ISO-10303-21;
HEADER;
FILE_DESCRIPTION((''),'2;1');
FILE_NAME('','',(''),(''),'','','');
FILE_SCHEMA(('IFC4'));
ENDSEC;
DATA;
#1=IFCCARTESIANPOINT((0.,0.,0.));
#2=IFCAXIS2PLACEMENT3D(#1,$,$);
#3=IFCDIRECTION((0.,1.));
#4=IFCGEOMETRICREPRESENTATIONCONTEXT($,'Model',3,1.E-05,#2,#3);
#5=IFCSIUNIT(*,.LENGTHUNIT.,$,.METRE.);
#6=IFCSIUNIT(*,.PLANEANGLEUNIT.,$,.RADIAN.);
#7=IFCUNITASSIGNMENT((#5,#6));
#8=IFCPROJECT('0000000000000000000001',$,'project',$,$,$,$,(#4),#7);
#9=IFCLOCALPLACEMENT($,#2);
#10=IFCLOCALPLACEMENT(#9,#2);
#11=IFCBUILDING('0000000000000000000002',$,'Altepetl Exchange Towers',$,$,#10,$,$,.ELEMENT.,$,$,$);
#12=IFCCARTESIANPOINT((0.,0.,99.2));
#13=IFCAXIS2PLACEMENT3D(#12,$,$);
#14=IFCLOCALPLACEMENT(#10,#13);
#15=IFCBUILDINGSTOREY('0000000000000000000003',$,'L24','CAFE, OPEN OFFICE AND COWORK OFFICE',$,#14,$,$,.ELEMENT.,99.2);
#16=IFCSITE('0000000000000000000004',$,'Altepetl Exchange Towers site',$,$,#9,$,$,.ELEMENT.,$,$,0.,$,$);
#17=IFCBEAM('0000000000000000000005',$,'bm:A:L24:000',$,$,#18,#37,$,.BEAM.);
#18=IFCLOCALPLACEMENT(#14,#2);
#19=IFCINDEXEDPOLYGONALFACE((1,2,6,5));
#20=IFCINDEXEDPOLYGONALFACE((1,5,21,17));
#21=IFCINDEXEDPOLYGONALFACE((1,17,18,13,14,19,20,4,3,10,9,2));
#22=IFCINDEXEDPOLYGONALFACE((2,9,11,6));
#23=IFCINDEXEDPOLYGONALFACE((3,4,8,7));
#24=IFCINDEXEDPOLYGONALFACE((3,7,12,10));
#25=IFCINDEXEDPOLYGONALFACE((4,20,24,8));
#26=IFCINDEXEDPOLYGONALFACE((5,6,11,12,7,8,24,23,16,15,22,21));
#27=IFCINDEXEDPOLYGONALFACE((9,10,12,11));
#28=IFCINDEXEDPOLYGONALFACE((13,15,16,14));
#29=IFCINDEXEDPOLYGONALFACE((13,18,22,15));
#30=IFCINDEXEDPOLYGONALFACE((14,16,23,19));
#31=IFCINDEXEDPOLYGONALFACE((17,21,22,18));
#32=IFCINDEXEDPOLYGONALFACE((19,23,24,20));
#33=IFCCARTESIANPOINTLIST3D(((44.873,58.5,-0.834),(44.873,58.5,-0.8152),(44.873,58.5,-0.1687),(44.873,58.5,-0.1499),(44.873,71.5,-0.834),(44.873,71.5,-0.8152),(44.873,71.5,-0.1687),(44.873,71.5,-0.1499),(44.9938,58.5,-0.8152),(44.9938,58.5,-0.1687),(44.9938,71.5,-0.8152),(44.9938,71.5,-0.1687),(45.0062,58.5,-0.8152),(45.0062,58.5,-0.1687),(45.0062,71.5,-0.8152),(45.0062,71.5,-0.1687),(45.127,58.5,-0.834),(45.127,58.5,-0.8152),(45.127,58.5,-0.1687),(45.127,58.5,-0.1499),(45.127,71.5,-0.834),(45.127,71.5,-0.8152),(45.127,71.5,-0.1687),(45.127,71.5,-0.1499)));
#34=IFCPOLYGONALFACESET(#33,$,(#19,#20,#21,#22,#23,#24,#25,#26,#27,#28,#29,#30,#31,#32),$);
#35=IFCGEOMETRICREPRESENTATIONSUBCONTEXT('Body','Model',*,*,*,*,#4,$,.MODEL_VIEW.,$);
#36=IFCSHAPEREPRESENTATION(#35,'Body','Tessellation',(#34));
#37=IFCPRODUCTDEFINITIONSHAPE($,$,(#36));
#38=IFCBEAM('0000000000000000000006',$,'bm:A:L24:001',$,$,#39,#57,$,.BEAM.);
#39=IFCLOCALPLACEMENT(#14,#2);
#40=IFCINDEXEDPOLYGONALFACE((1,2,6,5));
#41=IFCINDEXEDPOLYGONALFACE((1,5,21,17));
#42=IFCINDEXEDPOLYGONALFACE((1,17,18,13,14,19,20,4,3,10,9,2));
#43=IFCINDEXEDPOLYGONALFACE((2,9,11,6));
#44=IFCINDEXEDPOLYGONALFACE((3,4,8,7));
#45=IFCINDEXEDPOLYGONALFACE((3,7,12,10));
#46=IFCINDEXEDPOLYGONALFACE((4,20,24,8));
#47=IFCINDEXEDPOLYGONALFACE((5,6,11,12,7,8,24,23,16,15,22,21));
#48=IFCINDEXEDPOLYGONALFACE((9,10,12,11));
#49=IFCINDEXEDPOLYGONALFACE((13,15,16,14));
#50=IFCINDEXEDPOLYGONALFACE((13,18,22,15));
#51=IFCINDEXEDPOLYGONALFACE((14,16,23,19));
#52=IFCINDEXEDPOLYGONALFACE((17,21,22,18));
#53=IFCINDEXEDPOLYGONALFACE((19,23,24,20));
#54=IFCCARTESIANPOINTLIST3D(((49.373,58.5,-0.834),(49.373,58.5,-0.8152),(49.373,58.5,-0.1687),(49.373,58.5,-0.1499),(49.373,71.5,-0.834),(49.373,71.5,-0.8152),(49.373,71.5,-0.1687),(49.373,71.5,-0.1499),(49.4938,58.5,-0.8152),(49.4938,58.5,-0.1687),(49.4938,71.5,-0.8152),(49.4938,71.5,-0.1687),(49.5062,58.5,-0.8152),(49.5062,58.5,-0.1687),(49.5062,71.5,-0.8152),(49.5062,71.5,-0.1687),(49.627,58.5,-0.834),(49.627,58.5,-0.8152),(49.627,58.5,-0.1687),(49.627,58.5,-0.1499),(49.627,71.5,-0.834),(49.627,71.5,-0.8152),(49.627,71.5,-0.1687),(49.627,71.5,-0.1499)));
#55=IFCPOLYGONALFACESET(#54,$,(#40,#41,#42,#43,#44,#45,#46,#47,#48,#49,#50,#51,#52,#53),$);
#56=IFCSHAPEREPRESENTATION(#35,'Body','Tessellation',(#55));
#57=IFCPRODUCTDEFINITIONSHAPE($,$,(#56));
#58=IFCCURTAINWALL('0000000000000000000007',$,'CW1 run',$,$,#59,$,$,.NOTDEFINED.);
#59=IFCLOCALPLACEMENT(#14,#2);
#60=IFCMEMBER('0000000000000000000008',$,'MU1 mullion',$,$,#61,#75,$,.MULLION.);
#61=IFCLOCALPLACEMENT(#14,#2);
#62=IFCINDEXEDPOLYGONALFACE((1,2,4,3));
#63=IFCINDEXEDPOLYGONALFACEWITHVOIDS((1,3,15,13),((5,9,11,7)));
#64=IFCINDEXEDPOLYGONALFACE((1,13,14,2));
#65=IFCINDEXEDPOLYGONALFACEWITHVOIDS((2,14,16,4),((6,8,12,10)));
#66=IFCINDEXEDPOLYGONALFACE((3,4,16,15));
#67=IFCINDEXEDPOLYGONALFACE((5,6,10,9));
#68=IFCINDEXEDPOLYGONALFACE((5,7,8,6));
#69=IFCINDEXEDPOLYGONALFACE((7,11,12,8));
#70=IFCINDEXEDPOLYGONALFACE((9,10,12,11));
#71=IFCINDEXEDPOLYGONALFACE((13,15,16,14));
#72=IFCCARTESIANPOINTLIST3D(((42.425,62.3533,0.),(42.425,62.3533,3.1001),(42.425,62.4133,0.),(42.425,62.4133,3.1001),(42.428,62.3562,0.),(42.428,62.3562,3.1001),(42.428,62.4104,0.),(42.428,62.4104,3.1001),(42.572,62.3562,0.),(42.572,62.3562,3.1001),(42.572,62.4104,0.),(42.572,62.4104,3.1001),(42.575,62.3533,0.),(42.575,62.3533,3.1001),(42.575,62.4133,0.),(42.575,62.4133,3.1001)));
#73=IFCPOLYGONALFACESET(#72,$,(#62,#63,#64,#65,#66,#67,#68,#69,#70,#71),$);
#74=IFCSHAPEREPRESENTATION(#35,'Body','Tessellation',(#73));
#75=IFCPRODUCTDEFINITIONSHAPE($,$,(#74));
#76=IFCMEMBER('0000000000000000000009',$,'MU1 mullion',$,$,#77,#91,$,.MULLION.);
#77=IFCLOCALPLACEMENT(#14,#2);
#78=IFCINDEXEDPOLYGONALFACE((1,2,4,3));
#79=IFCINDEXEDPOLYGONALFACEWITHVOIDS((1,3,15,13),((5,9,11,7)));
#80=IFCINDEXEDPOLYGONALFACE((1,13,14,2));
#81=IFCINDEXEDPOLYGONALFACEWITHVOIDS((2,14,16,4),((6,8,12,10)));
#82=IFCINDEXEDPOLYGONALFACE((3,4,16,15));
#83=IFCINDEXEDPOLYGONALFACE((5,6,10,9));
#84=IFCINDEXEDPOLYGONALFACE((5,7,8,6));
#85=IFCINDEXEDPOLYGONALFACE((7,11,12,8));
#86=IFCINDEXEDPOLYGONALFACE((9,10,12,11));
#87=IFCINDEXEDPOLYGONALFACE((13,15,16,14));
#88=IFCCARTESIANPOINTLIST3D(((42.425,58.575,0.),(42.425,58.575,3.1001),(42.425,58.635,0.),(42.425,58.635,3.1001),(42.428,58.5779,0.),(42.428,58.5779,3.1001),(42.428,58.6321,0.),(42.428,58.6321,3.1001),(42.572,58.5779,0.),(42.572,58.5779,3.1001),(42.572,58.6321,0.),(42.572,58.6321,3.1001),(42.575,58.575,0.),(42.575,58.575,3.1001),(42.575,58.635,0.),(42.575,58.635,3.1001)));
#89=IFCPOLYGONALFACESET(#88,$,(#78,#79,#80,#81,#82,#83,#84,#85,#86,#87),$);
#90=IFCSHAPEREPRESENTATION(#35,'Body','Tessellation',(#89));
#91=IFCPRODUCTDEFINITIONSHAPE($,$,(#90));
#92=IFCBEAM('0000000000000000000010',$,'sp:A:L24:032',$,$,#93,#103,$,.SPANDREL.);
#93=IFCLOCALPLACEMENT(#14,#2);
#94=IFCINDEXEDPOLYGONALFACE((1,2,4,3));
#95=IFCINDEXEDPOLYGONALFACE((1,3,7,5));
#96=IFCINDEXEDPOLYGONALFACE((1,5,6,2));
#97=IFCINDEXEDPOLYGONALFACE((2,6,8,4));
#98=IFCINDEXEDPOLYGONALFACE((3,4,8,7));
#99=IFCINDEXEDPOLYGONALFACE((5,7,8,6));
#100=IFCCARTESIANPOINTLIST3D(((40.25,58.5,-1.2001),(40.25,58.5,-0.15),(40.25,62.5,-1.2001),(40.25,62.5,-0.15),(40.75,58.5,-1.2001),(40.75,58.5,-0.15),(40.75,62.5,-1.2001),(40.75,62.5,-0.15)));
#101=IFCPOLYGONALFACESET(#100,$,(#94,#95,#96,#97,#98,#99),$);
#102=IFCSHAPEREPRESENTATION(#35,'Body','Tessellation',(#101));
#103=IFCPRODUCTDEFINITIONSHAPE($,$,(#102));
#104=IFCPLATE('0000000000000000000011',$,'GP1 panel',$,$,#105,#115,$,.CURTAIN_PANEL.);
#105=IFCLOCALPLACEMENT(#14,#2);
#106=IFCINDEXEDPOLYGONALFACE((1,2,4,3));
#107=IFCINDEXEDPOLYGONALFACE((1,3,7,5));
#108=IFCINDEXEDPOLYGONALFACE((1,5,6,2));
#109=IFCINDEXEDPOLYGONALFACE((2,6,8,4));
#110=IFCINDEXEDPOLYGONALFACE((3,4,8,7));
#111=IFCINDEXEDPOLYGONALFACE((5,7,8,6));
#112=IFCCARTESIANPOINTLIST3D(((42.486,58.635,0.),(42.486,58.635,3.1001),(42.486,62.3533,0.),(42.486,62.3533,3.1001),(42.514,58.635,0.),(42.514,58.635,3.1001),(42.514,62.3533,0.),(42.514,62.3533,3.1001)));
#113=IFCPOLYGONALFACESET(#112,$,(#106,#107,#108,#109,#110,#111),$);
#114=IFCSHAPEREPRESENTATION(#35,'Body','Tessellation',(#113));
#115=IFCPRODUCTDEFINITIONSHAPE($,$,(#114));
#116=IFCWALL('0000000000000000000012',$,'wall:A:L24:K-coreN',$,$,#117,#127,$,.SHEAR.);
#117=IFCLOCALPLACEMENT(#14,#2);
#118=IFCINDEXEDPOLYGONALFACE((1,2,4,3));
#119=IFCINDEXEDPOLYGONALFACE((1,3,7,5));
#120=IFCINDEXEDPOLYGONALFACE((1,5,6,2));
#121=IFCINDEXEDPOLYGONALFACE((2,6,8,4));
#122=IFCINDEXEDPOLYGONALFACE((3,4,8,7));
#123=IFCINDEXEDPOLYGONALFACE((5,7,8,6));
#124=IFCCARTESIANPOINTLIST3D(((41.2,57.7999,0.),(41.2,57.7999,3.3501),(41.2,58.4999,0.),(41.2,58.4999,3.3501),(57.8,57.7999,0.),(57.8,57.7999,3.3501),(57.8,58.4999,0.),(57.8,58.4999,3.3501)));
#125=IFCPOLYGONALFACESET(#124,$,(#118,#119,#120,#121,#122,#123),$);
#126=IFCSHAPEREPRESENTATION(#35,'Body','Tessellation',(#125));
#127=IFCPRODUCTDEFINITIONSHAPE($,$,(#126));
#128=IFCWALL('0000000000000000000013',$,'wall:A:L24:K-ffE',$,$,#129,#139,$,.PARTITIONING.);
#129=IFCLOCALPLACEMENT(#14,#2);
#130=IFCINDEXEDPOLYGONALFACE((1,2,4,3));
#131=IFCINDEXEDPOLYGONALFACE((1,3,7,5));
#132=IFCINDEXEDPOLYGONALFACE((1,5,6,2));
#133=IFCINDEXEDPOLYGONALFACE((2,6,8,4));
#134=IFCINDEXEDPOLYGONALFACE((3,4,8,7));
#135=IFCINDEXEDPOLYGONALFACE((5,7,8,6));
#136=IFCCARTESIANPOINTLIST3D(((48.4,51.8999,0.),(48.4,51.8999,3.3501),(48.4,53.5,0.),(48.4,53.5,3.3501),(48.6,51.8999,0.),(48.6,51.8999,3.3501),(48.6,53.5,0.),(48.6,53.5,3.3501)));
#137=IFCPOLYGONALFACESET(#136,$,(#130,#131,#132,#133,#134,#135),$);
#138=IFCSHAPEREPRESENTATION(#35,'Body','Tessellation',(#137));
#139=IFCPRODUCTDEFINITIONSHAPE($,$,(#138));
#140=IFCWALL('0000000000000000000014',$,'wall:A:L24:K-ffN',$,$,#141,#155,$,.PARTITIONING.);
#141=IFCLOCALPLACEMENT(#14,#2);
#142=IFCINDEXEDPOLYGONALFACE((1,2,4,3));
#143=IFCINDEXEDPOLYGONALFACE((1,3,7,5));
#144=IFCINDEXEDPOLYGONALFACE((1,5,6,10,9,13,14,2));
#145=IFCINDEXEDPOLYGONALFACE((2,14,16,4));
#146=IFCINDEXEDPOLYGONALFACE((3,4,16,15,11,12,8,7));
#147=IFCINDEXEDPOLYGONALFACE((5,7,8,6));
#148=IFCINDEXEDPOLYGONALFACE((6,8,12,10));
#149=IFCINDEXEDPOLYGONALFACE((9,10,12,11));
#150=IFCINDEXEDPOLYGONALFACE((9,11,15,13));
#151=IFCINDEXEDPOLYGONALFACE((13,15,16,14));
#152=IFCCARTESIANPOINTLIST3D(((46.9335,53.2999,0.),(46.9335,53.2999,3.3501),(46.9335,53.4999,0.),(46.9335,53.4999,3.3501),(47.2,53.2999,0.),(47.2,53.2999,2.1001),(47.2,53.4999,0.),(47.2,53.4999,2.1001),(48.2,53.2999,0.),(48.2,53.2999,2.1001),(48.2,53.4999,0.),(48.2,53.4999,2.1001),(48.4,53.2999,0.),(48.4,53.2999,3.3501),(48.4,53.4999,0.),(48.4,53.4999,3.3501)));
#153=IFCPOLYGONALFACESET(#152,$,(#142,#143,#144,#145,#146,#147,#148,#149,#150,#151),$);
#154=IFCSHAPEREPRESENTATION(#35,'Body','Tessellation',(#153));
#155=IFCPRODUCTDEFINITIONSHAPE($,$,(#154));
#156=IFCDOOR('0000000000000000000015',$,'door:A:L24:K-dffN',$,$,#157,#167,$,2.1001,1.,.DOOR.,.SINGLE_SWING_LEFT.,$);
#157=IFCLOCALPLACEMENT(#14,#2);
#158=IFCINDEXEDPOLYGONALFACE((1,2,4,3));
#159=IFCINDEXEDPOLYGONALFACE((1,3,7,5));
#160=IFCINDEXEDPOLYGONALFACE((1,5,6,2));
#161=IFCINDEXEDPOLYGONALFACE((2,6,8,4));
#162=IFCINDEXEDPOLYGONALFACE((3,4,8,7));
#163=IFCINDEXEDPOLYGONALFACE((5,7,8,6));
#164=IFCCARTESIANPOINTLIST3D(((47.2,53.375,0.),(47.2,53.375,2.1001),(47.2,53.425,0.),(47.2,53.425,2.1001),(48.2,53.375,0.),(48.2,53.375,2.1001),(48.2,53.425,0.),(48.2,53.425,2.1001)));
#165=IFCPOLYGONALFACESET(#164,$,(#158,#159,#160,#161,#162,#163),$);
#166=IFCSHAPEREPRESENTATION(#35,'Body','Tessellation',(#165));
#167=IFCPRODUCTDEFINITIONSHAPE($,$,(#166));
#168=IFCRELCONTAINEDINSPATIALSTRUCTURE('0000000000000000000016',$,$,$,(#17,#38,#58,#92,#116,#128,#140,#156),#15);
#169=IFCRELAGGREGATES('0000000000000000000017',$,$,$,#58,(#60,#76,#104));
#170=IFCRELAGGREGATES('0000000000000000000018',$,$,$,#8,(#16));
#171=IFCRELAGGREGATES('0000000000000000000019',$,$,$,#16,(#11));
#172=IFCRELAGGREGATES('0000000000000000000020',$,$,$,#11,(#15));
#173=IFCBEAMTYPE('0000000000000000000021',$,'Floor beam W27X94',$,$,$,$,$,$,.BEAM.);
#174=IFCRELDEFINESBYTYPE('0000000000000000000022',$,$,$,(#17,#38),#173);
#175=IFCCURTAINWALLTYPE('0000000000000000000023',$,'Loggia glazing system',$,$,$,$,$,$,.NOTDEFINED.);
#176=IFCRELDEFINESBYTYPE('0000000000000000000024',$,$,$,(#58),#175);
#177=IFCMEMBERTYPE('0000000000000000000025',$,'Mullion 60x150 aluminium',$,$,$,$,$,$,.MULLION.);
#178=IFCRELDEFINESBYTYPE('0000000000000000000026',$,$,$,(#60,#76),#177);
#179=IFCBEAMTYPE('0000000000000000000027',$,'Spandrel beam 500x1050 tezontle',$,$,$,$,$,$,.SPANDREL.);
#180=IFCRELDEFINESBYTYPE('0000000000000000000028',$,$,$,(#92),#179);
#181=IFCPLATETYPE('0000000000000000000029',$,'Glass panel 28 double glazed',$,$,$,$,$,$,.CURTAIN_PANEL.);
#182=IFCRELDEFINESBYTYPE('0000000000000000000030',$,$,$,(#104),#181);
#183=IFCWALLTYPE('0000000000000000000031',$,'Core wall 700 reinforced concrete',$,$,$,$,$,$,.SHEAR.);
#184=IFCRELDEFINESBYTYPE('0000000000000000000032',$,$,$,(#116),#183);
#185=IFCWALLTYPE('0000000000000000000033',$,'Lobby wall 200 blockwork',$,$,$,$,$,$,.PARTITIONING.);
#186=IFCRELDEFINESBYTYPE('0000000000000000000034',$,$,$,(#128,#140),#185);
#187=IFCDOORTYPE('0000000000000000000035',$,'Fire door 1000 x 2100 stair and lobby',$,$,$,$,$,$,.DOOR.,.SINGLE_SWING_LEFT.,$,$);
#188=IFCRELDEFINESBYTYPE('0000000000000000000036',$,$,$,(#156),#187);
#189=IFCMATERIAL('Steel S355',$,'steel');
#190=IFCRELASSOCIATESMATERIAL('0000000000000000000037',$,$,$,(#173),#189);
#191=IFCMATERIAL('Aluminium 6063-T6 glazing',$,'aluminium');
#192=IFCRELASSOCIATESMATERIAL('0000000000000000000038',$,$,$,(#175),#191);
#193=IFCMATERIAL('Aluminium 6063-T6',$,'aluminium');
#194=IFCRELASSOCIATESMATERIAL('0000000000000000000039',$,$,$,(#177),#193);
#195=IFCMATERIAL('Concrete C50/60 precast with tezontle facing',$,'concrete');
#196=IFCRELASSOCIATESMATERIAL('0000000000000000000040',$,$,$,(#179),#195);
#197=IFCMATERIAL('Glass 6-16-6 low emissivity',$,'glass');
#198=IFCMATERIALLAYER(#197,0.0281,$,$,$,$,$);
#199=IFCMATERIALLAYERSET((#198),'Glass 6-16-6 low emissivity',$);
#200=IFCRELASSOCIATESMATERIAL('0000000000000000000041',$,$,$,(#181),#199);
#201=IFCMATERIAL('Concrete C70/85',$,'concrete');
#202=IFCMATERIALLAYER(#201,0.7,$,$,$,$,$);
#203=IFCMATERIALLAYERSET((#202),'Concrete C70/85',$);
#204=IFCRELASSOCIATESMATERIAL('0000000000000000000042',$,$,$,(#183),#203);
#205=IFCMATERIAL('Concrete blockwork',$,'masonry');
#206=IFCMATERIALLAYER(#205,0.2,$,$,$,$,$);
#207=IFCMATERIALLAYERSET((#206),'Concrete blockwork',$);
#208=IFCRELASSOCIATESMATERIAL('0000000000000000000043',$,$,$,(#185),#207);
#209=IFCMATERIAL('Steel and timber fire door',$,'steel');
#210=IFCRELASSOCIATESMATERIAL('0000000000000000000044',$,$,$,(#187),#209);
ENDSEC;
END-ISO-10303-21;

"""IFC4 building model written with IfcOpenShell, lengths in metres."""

from ifc_helpers import new_model, si_unit, direction, frame, frame_2d, origin, origin_2d, place, context, subcontext, project, spatial, rectangle, hollow_rectangle, i_section, extrude, material, layer, layer_set, material_profile, profile_set, type_object, element, fill, aggregate, save


model = new_model("IFC4")

# Units and contexts
model_context = context("Model", 3, precision=1e-05, world=origin(), true_north=direction((0.0, 1.0)))
body_context = subcontext(model_context, "Body", "Model", "MODEL_VIEW")
ifc_project = project(units=[si_unit("LENGTHUNIT", "METRE"), si_unit("PLANEANGLEUNIT", "RADIAN")], contexts=[model_context])

# Site, building, storey
site_placement = place(None, origin())
site = spatial("IfcSite", under=ifc_project, at=site_placement, Name="Altepetl Exchange Towers site", CompositionType="ELEMENT", RefElevation=0.0)
building_placement = place(site_placement, origin())
building = spatial("IfcBuilding", under=site, at=building_placement, Name="Altepetl Exchange Towers", CompositionType="ELEMENT")
storey_placement = place(building_placement, frame((0.0, 0.0, 99.2)))
storey = spatial("IfcBuildingStorey", under=building, at=storey_placement, Name="L24", Description="CAFE, OPEN OFFICE AND COWORK OFFICE", CompositionType="ELEMENT", Elevation=99.2)

# Beams
ifc_material_1 = material(Name="Steel S355", Category="steel")
ifc_material_profile_1 = material_profile(ifc_material_1, i_section(OverallWidth=0.2539, OverallDepth=0.6841, WebThickness=0.0125, FlangeThickness=0.0188, at=origin_2d()), Name="W27X94")
ifc_profile_set_1 = profile_set([ifc_material_profile_1], Name="Steel S355")
beam_type_1 = type_object("IfcBeamType", Name="Floor beam W27X94", PredefinedType="BEAM", material=ifc_profile_set_1)
for number, where, z_axis, x_axis, name in (
    (1, (45.0, 58.5, -0.4919), (0.0, 1.0, 0.0), (-1.0, 0.0, 0.0), "bm:A:L24:000"),
    (2, (49.5, 58.5, -0.4919), (0.0, 1.0, 0.0), (-1.0, 0.0, 0.0), "bm:A:L24:001"),
):
    element("IfcBeam", number, at=place(storey_placement, frame(where, z_axis=z_axis, x_axis=x_axis)), inside=storey, type_object=beam_type_1, Name=name, PredefinedType="BEAM", context=body_context, shape_type="SweptSolid", body=[
        extrude(i_section(OverallWidth=0.2539, OverallDepth=0.6841, WebThickness=0.0125, FlangeThickness=0.0188, at=origin_2d()), origin(), (0.0, 0.0, 1.0), 13.0),
    ])

# Curtain wall, members
ifc_material_2 = material(Name="Aluminium 6063-T6 glazing", Category="aluminium")
curtain_wall_type = type_object("IfcCurtainWallType", Name="Loggia glazing system", PredefinedType="NOTDEFINED", material=ifc_material_2)
curtain_wall_placement = place(storey_placement, origin())
curtain_wall = element("IfcCurtainWall", 3, at=curtain_wall_placement, inside=storey, type_object=curtain_wall_type, Name="CW1 run", PredefinedType="NOTDEFINED")
ifc_material_3 = material(Name="Aluminium 6063-T6", Category="aluminium")
ifc_material_profile_2 = material_profile(ifc_material_3, hollow_rectangle(XDim=0.0601, YDim=0.1499, WallThickness=0.0029, at=origin_2d()), Name="Mullion 60x150 aluminium")
ifc_profile_set_2 = profile_set([ifc_material_profile_2], Name="Aluminium 6063-T6")
member_type = type_object("IfcMemberType", Name="Mullion 60x150 aluminium", PredefinedType="MULLION", material=ifc_profile_set_2)
member_1_placement = place(storey_placement, frame((42.5, 62.3833, 0.0), z_axis=(0.0, 0.0, 1.0), x_axis=(0.0, -1.0, 0.0)))
member_1 = element("IfcMember", 4, at=member_1_placement, type_object=member_type, Name="MU1 mullion", PredefinedType="MULLION", context=body_context, shape_type="SweptSolid", body=[
    extrude(hollow_rectangle(XDim=0.0601, YDim=0.1499, WallThickness=0.0029, at=origin_2d()), origin(), (0.0, 0.0, 1.0), 3.1001),
])
member_2_placement = place(storey_placement, frame((42.5, 58.605, 0.0), z_axis=(0.0, 0.0, 1.0), x_axis=(0.0, -1.0, 0.0)))
member_2 = element("IfcMember", 5, at=member_2_placement, type_object=member_type, Name="MU1 mullion", PredefinedType="MULLION", context=body_context, shape_type="SweptSolid", body=[
    extrude(hollow_rectangle(XDim=0.0601, YDim=0.1499, WallThickness=0.0029, at=origin_2d()), origin(), (0.0, 0.0, 1.0), 3.1001),
])

# Beam
ifc_material_4 = material(Name="Concrete C50/60 precast with tezontle facing", Category="concrete")
ifc_material_profile_3 = material_profile(ifc_material_4, rectangle(XDim=0.5, YDim=1.05, at=origin_2d()), Name="500 x 1050")
ifc_profile_set_3 = profile_set([ifc_material_profile_3], Name="Concrete C50/60 precast with tezontle facing")
beam_type_2 = type_object("IfcBeamType", Name="Spandrel beam 500x1050 tezontle", PredefinedType="SPANDREL", material=ifc_profile_set_3)
beam_placement = place(storey_placement, frame((40.5, 62.5, -0.675), z_axis=(0.0, -1.0, 0.0), x_axis=(1.0, 0.0, 0.0)))
element("IfcBeam", 6, at=beam_placement, inside=storey, type_object=beam_type_2, Name="sp:A:L24:032", PredefinedType="SPANDREL", context=body_context, shape_type="SweptSolid", body=[
    extrude(rectangle(XDim=0.5, YDim=1.05, at=origin_2d()), origin(), (0.0, 0.0, 1.0), 4.0),
])

# Plate
ifc_material_5 = material(Name="Glass 6-16-6 low emissivity", Category="glass")
ifc_layer_1 = layer(ifc_material_5, 0.0281)
ifc_layer_set_1 = layer_set([ifc_layer_1], Name="Glass 6-16-6 low emissivity")
plate_type = type_object("IfcPlateType", Name="Glass panel 28 double glazed", PredefinedType="CURTAIN_PANEL", material=ifc_layer_set_1)
plate_placement = place(storey_placement, frame((42.5, 60.4941, 0.0), z_axis=(0.0, 0.0, 1.0), x_axis=(0.0, -1.0, 0.0)))
plate = element("IfcPlate", 7, at=plate_placement, type_object=plate_type, Name="GP1 panel", PredefinedType="CURTAIN_PANEL", context=body_context, shape_type="SweptSolid", body=[
    extrude(rectangle(XDim=3.7183, YDim=0.0281, at=origin_2d()), origin(), (0.0, 0.0, 1.0), 3.1001),
])
aggregate(curtain_wall, [member_1, member_2, plate])

# Walls
ifc_material_6 = material(Name="Concrete C70/85", Category="concrete")
ifc_layer_2 = layer(ifc_material_6, 0.7)
ifc_layer_set_2 = layer_set([ifc_layer_2], Name="Concrete C70/85")
wall_type_1 = type_object("IfcWallType", Name="Core wall 700 reinforced concrete", PredefinedType="SHEAR", material=ifc_layer_set_2)
wall_1_placement = place(storey_placement, frame((41.2, 58.1499, 0.0)))
element("IfcWall", 8, at=wall_1_placement, inside=storey, type_object=wall_type_1, Name="wall:A:L24:K-coreN", PredefinedType="SHEAR", context=body_context, shape_type="SweptSolid", body=[
    extrude(rectangle(XDim=16.6001, YDim=0.7, at=frame_2d((8.3, 0.0))), origin(), (0.0, 0.0, 1.0), 3.3501),
])
ifc_material_7 = material(Name="Concrete blockwork", Category="masonry")
ifc_layer_3 = layer(ifc_material_7, 0.2)
ifc_layer_set_3 = layer_set([ifc_layer_3], Name="Concrete blockwork")
wall_type_2 = type_object("IfcWallType", Name="Lobby wall 200 blockwork", PredefinedType="PARTITIONING", material=ifc_layer_set_3)
wall_2_placement = place(storey_placement, frame((48.5, 51.8999, 0.0), z_axis=(0.0, 0.0, 1.0), x_axis=(0.0, 1.0, 0.0)))
element("IfcWall", 9, at=wall_2_placement, inside=storey, type_object=wall_type_2, Name="wall:A:L24:K-ffE", PredefinedType="PARTITIONING", context=body_context, shape_type="SweptSolid", body=[
    extrude(rectangle(XDim=1.6001, YDim=0.2, at=frame_2d((0.8, 0.0))), origin(), (0.0, 0.0, 1.0), 3.3501),
])

# Wall, opening, door
wall_3_placement = place(storey_placement, frame((46.9333, 53.3999, 0.0)))
wall_3 = element("IfcWall", 10, at=wall_3_placement, inside=storey, type_object=wall_type_2, Name="wall:A:L24:K-ffN", PredefinedType="PARTITIONING", context=body_context, shape_type="SweptSolid", body=[
    extrude(rectangle(XDim=1.4666, YDim=0.2, at=frame_2d((0.7334, 0.0))), origin(), (0.0, 0.0, 1.0), 3.3501),
])
opening_1_placement = place(wall_3_placement, frame((0.2666, 0.0, 0.0)))
opening_1 = element("IfcOpeningElement", 11, at=opening_1_placement, cuts=wall_3, PredefinedType="OPENING", context=body_context, shape_type="SweptSolid", body=[
    extrude(rectangle(XDim=1.0, YDim=2.1001, at=frame_2d((0.5, 1.05))), frame((0.0, 0.1099, 0.0), z_axis=(0.0, -1.0, 0.0), x_axis=(1.0, 0.0, 0.0)), (0.0, 0.0, 1.0), 0.22),
])
ifc_material_8 = material(Name="Steel and timber fire door", Category="steel")
door_type_1 = type_object("IfcDoorType", Name="Fire door 1000 x 2100 stair and lobby", OperationType="SINGLE_SWING_LEFT", PredefinedType="DOOR", material=ifc_material_8)
door_1_placement = place(opening_1_placement, frame((1.0, 0.0, 0.0), x_axis=(-1.0, 0.0, 0.0)))
door_1 = element("IfcDoor", 12, at=door_1_placement, inside=storey, type_object=door_type_1, Name="door:A:L24:K-dffN", OperationType="SINGLE_SWING_LEFT", OverallHeight=2.1001, OverallWidth=1.0, PredefinedType="DOOR", context=body_context, shape_type="SweptSolid", body=[
    extrude(rectangle(XDim=1.0, YDim=2.1001, at=frame_2d((0.5, 1.05))), frame((0.0, 0.0249, 0.0), z_axis=(0.0, -1.0, 0.0), x_axis=(1.0, 0.0, 0.0)), (0.0, 0.0, 1.0), 0.05),
])
fill(opening_1, door_1)

save(model, "model.ifc")
